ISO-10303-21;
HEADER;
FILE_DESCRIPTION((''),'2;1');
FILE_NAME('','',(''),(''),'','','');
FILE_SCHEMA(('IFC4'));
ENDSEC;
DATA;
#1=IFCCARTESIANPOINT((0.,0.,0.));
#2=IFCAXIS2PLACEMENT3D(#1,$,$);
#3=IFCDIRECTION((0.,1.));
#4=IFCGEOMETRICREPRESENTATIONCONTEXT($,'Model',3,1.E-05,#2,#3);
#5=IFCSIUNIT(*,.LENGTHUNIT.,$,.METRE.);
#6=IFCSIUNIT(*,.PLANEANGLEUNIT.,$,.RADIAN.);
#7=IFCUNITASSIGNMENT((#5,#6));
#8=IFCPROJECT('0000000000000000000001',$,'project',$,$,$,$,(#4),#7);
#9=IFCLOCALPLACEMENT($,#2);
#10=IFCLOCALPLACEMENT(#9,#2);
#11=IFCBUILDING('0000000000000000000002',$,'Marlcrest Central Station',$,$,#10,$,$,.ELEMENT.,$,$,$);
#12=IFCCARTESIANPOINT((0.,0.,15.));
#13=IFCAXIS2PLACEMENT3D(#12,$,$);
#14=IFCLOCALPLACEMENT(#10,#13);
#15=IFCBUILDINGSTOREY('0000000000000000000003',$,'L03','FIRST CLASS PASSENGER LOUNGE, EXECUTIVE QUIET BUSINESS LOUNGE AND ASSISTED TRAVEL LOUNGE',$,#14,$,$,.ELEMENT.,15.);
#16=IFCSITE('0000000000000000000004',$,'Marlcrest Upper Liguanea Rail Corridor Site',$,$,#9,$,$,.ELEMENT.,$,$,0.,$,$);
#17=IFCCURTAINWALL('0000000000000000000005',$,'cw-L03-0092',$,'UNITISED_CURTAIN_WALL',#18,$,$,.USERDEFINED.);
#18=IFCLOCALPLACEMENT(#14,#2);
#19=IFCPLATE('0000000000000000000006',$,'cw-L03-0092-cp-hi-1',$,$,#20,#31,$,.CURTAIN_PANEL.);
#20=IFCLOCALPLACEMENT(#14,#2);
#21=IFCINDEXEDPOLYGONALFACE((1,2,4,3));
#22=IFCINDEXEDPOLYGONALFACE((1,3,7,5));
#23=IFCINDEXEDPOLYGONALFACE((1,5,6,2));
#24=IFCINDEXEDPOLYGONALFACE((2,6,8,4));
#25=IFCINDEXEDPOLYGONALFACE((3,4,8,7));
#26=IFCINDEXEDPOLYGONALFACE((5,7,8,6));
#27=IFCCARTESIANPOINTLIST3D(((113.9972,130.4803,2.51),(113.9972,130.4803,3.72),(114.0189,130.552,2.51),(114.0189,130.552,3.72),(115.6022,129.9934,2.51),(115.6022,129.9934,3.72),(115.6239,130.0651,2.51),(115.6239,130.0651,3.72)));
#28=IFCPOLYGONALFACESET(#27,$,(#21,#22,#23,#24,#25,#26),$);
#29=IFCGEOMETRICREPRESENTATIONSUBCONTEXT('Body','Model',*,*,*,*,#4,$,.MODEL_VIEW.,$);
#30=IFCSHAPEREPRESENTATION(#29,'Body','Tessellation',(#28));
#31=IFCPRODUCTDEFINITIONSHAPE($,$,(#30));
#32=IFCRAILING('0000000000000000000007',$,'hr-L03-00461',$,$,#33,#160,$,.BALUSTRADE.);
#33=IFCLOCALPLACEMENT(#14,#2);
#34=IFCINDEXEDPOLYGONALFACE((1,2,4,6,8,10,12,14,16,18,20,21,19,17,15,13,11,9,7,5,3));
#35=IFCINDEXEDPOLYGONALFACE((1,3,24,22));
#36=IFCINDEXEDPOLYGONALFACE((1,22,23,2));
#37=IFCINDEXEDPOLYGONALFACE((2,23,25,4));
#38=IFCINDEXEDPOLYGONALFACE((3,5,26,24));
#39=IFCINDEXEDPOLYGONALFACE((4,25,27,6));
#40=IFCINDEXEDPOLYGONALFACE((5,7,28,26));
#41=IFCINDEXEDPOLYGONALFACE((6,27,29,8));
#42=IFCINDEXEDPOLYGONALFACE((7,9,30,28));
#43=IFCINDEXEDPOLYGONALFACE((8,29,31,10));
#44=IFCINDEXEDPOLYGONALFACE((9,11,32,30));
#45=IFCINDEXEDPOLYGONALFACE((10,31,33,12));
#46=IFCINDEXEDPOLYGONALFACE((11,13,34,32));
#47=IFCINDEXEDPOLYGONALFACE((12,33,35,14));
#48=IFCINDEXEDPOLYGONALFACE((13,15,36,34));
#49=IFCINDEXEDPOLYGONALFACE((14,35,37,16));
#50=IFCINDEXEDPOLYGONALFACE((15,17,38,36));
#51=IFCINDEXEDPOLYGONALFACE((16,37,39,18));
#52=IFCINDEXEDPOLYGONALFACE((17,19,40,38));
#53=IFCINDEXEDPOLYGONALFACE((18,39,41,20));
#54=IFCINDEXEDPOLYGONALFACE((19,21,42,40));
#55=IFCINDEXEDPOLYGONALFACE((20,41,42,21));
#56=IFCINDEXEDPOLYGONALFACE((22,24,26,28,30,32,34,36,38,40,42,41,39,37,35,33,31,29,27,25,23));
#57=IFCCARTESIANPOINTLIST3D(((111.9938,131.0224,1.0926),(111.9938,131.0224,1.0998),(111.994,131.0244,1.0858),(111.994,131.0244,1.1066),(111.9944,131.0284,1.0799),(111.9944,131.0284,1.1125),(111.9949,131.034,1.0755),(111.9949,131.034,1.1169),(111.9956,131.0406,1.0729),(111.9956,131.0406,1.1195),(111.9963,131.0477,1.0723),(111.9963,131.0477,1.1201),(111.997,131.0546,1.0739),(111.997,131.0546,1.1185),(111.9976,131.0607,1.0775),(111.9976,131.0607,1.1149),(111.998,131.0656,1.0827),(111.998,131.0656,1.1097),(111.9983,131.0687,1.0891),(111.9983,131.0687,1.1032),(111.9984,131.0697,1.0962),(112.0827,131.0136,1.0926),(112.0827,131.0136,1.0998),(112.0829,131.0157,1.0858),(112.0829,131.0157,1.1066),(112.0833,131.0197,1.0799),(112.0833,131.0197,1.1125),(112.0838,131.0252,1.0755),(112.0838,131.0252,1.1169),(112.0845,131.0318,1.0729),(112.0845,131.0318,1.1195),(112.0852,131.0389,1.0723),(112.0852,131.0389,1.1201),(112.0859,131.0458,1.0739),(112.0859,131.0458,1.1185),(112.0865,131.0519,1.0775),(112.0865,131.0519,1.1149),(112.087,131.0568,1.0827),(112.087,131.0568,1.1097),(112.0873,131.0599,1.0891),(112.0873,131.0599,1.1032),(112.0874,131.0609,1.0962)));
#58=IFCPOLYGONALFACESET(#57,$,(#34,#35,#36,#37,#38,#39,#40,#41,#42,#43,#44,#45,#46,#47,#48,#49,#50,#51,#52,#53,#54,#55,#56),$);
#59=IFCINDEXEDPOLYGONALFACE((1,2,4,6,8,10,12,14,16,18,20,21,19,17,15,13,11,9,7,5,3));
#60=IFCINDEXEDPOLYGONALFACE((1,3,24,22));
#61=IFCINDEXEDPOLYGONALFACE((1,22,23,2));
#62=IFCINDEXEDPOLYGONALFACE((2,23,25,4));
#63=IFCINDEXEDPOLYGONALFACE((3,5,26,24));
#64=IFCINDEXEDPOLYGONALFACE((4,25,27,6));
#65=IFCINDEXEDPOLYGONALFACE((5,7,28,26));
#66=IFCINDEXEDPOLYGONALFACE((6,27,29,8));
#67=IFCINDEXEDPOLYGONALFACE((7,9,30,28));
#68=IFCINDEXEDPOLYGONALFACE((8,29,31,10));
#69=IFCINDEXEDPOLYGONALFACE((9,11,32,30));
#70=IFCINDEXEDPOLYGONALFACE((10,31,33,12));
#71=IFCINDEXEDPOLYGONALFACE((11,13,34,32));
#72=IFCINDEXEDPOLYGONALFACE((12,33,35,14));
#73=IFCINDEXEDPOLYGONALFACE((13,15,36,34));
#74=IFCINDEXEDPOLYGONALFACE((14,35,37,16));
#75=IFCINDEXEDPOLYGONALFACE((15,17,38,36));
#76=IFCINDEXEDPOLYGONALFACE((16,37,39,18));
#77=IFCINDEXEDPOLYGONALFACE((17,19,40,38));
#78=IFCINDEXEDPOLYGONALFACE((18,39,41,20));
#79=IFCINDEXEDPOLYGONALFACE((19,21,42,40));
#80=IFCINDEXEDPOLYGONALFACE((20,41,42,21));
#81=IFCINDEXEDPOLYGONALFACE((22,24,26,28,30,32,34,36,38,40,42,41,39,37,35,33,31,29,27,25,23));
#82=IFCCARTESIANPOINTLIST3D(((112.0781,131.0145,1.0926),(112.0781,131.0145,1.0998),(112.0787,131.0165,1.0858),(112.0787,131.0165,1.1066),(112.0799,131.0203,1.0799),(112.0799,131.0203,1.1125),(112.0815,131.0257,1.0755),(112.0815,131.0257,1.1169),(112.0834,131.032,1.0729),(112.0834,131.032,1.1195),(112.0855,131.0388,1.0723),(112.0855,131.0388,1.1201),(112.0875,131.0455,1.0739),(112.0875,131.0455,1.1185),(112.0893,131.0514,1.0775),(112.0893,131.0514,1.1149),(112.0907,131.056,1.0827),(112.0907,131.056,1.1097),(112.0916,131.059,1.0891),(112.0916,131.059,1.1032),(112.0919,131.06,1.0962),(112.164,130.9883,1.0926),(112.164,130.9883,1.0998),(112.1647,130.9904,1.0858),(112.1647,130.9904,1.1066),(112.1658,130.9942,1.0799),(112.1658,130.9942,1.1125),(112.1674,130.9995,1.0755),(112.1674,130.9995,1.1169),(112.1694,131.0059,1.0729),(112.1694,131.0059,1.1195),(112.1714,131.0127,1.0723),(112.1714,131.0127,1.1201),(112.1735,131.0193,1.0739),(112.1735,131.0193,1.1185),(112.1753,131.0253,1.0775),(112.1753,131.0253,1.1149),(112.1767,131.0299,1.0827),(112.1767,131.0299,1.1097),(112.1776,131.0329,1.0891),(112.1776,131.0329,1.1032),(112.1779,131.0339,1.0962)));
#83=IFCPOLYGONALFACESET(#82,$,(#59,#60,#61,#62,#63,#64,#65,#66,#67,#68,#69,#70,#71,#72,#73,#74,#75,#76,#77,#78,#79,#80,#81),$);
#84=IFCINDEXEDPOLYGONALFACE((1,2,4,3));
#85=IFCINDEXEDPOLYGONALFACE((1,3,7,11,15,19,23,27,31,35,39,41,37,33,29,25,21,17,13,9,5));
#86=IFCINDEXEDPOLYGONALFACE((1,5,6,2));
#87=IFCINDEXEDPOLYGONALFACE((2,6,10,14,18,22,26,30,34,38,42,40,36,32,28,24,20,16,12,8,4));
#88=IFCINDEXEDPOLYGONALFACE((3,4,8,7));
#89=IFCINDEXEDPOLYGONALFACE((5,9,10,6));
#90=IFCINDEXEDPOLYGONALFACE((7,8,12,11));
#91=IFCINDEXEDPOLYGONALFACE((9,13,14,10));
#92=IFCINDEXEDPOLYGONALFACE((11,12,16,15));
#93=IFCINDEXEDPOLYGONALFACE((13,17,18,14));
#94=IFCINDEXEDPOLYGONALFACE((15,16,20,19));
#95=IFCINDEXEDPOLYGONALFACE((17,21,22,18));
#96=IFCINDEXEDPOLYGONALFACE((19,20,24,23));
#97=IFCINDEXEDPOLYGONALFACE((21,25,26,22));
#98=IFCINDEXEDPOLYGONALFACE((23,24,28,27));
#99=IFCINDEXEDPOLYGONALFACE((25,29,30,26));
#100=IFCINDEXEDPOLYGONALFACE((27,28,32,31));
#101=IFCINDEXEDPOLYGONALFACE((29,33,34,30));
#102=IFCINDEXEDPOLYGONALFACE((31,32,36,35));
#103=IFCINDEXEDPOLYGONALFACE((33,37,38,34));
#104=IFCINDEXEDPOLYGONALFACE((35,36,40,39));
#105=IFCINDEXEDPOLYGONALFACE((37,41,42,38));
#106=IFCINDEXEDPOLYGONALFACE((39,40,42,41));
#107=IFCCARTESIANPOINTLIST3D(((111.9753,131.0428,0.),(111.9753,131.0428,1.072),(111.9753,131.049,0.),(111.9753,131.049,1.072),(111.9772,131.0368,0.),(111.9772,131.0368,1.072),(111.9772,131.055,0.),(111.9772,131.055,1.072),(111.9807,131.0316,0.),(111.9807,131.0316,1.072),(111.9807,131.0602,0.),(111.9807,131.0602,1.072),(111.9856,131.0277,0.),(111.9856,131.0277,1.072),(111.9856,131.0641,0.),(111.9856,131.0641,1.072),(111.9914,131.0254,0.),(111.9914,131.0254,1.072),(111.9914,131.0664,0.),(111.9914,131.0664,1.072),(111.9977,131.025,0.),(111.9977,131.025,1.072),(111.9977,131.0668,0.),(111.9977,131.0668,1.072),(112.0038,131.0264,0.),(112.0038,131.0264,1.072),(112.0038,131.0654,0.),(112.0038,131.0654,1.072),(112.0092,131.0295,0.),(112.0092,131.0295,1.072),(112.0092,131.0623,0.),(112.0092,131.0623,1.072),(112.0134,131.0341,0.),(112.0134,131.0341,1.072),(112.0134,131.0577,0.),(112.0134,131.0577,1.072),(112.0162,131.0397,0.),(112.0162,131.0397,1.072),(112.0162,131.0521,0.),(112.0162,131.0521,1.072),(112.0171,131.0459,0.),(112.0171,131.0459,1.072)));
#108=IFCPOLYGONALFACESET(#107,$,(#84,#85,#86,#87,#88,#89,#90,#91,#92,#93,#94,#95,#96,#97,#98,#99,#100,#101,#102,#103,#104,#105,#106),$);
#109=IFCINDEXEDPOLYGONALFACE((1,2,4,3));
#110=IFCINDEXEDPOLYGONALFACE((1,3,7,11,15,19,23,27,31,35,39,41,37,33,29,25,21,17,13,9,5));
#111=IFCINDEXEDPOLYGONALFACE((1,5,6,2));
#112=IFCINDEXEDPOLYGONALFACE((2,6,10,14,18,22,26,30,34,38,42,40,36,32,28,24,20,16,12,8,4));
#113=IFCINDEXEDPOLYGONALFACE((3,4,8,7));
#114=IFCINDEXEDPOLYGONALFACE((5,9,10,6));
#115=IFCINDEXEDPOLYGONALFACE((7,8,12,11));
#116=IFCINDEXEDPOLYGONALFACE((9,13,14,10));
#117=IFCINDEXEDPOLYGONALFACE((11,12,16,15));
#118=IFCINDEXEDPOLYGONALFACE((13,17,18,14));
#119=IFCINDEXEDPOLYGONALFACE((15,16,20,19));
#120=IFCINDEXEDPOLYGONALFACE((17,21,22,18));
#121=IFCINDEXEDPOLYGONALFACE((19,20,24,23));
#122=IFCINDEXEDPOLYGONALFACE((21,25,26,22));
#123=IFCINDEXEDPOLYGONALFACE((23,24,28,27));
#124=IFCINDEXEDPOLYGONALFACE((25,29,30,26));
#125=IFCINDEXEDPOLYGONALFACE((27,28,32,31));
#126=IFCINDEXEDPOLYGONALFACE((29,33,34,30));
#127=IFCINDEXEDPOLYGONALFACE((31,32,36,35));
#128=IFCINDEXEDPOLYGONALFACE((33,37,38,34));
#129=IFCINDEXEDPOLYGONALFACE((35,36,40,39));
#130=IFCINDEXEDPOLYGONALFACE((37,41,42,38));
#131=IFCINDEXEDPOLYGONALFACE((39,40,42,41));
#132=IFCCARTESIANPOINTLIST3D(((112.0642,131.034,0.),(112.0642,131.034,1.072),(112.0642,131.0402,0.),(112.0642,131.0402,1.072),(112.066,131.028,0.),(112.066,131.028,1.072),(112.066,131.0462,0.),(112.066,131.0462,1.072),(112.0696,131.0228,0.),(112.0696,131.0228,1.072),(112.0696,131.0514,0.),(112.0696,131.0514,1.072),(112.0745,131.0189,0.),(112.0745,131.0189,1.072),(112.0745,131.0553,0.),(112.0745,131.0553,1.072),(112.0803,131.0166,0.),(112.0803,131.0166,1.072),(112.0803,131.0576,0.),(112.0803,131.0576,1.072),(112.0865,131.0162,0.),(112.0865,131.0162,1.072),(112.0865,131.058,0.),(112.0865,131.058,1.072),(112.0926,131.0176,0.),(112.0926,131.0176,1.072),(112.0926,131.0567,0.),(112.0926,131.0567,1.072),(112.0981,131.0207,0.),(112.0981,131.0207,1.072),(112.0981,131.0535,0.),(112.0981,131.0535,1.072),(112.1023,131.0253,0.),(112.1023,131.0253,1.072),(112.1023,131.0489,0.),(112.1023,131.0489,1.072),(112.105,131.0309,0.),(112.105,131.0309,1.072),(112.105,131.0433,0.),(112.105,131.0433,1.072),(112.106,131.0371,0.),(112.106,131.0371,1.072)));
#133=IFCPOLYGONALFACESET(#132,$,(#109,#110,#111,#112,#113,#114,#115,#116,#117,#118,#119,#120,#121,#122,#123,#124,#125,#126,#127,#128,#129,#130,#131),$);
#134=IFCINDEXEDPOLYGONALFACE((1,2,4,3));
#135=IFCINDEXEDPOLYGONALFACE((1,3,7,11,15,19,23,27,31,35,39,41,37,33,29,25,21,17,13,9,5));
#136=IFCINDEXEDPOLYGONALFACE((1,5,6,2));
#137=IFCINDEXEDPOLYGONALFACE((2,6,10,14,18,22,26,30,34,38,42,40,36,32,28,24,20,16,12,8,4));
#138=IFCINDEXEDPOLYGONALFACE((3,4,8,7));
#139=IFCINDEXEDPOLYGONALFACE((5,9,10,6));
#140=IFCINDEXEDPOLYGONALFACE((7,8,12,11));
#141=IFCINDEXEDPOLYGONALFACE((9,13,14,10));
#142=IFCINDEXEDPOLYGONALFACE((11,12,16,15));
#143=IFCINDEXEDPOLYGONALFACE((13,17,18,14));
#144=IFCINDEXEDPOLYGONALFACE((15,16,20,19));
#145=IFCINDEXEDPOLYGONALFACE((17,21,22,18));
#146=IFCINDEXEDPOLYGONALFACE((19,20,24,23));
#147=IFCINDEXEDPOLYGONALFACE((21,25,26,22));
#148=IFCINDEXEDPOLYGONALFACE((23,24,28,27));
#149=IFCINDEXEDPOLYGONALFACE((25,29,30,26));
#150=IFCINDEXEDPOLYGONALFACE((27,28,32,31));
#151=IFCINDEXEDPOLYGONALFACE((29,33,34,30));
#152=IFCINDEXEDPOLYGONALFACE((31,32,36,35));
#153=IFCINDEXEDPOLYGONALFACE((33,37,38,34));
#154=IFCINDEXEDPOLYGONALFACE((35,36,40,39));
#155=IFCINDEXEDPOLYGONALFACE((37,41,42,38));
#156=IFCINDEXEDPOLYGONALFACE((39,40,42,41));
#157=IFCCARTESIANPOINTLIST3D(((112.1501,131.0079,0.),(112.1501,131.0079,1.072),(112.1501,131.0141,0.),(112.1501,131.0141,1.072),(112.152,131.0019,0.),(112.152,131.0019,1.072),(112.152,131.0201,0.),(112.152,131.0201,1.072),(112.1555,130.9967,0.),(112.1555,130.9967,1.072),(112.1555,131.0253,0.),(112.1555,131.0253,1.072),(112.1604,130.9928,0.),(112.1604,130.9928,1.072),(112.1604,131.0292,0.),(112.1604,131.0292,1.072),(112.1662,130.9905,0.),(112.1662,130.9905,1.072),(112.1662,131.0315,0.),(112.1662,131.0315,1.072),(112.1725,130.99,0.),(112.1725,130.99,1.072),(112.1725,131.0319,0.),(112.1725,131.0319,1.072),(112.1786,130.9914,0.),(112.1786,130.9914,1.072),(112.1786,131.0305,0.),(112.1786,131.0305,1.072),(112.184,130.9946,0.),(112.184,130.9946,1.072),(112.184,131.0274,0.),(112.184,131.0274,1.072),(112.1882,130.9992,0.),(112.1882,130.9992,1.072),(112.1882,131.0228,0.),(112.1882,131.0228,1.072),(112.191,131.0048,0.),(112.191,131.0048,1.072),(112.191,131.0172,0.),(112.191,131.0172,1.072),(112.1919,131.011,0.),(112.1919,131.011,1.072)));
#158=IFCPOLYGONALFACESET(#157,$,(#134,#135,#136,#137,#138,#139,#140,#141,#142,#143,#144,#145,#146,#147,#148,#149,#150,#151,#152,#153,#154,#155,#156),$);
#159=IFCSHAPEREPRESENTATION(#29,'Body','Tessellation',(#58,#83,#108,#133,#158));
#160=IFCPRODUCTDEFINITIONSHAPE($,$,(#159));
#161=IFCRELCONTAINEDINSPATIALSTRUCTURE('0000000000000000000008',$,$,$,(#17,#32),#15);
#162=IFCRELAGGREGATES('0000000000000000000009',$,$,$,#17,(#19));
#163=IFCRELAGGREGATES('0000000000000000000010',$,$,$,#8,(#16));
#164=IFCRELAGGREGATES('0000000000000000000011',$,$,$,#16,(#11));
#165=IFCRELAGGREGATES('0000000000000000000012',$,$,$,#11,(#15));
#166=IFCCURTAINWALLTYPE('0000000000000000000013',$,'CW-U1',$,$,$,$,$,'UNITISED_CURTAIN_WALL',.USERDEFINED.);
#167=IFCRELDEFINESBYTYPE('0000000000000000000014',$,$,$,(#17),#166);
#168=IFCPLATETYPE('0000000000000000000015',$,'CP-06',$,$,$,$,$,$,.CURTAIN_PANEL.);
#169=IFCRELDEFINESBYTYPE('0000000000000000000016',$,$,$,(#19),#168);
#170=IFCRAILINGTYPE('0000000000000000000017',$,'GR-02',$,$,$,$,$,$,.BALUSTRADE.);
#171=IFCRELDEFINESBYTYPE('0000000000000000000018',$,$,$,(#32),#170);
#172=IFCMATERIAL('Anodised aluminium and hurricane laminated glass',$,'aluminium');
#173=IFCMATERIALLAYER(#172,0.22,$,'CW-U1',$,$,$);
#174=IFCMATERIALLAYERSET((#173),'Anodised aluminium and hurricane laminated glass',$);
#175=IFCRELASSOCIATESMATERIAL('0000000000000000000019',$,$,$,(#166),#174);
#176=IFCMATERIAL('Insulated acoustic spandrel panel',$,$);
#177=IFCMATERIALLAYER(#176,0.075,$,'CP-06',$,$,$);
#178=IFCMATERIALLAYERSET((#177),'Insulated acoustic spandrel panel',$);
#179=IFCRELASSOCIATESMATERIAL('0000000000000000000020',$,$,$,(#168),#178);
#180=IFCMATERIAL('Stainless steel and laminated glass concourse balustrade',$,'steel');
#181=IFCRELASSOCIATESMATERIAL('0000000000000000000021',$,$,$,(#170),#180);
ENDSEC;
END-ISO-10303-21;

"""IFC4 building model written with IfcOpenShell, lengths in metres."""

from ifc_helpers import new_model, si_unit, direction, frame, origin, origin_2d, place, context, subcontext, project, spatial, rectangle, circle, extrude, material, layer, layer_set, type_object, element, aggregate, save


model = new_model("IFC4")

# Units and contexts
model_context = context("Model", 3, precision=1e-05, world=origin(), true_north=direction((0.0, 1.0)))
body_context = subcontext(model_context, "Body", "Model", "MODEL_VIEW")
ifc_project = project(units=[si_unit("LENGTHUNIT", "METRE"), si_unit("PLANEANGLEUNIT", "RADIAN")], contexts=[model_context])

# Site, building, storey
site_placement = place(None, origin())
site = spatial("IfcSite", under=ifc_project, at=site_placement, Name="Marlcrest Upper Liguanea Rail Corridor Site", CompositionType="ELEMENT", RefElevation=0.0)
building_placement = place(site_placement, origin())
building = spatial("IfcBuilding", under=site, at=building_placement, Name="Marlcrest Central Station", CompositionType="ELEMENT")
storey_placement = place(building_placement, frame((0.0, 0.0, 15.0)))
storey = spatial("IfcBuildingStorey", under=building, at=storey_placement, Name="L03", Description="FIRST CLASS PASSENGER LOUNGE, EXECUTIVE QUIET BUSINESS LOUNGE AND ASSISTED TRAVEL LOUNGE", CompositionType="ELEMENT", Elevation=15.0)

# Curtain wall
ifc_material_1 = material(Name="Anodised aluminium and hurricane laminated glass", Category="aluminium")
ifc_layer_1 = layer(ifc_material_1, 0.22, Name="CW-U1")
ifc_layer_set_1 = layer_set([ifc_layer_1], Name="Anodised aluminium and hurricane laminated glass")
curtain_wall_type = type_object("IfcCurtainWallType", Name="CW-U1", ElementType="UNITISED_CURTAIN_WALL", PredefinedType="USERDEFINED", material=ifc_layer_set_1)
curtain_wall_1_placement = place(storey_placement, origin())
curtain_wall_1 = element("IfcCurtainWall", 1, at=curtain_wall_1_placement, inside=storey, type_object=curtain_wall_type, Name="cw-L03-0092", ObjectType="UNITISED_CURTAIN_WALL", PredefinedType="USERDEFINED")

# Plate
ifc_material_2 = material(Name="Insulated acoustic spandrel panel")
ifc_layer_2 = layer(ifc_material_2, 0.075, Name="CP-06")
ifc_layer_set_2 = layer_set([ifc_layer_2], Name="Insulated acoustic spandrel panel")
plate_type_1 = type_object("IfcPlateType", Name="CP-06", PredefinedType="CURTAIN_PANEL", material=ifc_layer_set_2)
plate_1_placement = place(storey_placement, frame((114.8105, 130.2727, 2.51), z_axis=(0.0, 0.0, 1.0), x_axis=(0.95693, -0.290318, 0.0)))
plate_1 = element("IfcPlate", 2, at=plate_1_placement, type_object=plate_type_1, Name="cw-L03-0092-cp-hi-1", PredefinedType="CURTAIN_PANEL", context=body_context, shape_type="SweptSolid", body=[
    extrude(rectangle(XDim=1.6772, YDim=0.075, at=origin_2d()), origin(), (0.0, 0.0, 1.0), 1.21),
])
aggregate(curtain_wall_1, [plate_1])

# Railing
ifc_material_3 = material(Name="Stainless steel and laminated glass concourse balustrade", Category="steel")
railing_type = type_object("IfcRailingType", Name="GR-02", PredefinedType="BALUSTRADE", material=ifc_material_3)
railing_1_placement = place(storey_placement, frame((111.9961, 131.0459, 0.0)))
element("IfcRailing", 3, at=railing_1_placement, inside=storey, type_object=railing_type, Name="hr-L03-00461", PredefinedType="BALUSTRADE", context=body_context, shape_type="SweptSolid", body=[
    extrude(circle(Radius=0.0239, at=origin_2d()), frame((0.0, 0.0, 1.0962), z_axis=(0.995145, -0.098421, 0.0), x_axis=(0.098421, 0.995145, 0.0)), (0.0, 0.0, 1.0), 0.0894),
    extrude(circle(Radius=0.0239, at=origin_2d()), frame((0.0889, -0.0088, 1.0962), z_axis=(0.956773, -0.290837, 0.0), x_axis=(0.290837, 0.956773, 0.0)), (0.0, 0.0, 1.0), 0.0898),
    extrude(circle(Radius=0.021, at=origin_2d()), origin(), (0.0, 0.0, 1.0), 1.072),
    extrude(circle(Radius=0.021, at=origin_2d()), frame((0.0889, -0.0088, 0.0)), (0.0, 0.0, 1.0), 1.072),
    extrude(circle(Radius=0.021, at=origin_2d()), frame((0.1748, -0.0349, 0.0)), (0.0, 0.0, 1.0), 1.072),
])

save(model, "model.ifc")
